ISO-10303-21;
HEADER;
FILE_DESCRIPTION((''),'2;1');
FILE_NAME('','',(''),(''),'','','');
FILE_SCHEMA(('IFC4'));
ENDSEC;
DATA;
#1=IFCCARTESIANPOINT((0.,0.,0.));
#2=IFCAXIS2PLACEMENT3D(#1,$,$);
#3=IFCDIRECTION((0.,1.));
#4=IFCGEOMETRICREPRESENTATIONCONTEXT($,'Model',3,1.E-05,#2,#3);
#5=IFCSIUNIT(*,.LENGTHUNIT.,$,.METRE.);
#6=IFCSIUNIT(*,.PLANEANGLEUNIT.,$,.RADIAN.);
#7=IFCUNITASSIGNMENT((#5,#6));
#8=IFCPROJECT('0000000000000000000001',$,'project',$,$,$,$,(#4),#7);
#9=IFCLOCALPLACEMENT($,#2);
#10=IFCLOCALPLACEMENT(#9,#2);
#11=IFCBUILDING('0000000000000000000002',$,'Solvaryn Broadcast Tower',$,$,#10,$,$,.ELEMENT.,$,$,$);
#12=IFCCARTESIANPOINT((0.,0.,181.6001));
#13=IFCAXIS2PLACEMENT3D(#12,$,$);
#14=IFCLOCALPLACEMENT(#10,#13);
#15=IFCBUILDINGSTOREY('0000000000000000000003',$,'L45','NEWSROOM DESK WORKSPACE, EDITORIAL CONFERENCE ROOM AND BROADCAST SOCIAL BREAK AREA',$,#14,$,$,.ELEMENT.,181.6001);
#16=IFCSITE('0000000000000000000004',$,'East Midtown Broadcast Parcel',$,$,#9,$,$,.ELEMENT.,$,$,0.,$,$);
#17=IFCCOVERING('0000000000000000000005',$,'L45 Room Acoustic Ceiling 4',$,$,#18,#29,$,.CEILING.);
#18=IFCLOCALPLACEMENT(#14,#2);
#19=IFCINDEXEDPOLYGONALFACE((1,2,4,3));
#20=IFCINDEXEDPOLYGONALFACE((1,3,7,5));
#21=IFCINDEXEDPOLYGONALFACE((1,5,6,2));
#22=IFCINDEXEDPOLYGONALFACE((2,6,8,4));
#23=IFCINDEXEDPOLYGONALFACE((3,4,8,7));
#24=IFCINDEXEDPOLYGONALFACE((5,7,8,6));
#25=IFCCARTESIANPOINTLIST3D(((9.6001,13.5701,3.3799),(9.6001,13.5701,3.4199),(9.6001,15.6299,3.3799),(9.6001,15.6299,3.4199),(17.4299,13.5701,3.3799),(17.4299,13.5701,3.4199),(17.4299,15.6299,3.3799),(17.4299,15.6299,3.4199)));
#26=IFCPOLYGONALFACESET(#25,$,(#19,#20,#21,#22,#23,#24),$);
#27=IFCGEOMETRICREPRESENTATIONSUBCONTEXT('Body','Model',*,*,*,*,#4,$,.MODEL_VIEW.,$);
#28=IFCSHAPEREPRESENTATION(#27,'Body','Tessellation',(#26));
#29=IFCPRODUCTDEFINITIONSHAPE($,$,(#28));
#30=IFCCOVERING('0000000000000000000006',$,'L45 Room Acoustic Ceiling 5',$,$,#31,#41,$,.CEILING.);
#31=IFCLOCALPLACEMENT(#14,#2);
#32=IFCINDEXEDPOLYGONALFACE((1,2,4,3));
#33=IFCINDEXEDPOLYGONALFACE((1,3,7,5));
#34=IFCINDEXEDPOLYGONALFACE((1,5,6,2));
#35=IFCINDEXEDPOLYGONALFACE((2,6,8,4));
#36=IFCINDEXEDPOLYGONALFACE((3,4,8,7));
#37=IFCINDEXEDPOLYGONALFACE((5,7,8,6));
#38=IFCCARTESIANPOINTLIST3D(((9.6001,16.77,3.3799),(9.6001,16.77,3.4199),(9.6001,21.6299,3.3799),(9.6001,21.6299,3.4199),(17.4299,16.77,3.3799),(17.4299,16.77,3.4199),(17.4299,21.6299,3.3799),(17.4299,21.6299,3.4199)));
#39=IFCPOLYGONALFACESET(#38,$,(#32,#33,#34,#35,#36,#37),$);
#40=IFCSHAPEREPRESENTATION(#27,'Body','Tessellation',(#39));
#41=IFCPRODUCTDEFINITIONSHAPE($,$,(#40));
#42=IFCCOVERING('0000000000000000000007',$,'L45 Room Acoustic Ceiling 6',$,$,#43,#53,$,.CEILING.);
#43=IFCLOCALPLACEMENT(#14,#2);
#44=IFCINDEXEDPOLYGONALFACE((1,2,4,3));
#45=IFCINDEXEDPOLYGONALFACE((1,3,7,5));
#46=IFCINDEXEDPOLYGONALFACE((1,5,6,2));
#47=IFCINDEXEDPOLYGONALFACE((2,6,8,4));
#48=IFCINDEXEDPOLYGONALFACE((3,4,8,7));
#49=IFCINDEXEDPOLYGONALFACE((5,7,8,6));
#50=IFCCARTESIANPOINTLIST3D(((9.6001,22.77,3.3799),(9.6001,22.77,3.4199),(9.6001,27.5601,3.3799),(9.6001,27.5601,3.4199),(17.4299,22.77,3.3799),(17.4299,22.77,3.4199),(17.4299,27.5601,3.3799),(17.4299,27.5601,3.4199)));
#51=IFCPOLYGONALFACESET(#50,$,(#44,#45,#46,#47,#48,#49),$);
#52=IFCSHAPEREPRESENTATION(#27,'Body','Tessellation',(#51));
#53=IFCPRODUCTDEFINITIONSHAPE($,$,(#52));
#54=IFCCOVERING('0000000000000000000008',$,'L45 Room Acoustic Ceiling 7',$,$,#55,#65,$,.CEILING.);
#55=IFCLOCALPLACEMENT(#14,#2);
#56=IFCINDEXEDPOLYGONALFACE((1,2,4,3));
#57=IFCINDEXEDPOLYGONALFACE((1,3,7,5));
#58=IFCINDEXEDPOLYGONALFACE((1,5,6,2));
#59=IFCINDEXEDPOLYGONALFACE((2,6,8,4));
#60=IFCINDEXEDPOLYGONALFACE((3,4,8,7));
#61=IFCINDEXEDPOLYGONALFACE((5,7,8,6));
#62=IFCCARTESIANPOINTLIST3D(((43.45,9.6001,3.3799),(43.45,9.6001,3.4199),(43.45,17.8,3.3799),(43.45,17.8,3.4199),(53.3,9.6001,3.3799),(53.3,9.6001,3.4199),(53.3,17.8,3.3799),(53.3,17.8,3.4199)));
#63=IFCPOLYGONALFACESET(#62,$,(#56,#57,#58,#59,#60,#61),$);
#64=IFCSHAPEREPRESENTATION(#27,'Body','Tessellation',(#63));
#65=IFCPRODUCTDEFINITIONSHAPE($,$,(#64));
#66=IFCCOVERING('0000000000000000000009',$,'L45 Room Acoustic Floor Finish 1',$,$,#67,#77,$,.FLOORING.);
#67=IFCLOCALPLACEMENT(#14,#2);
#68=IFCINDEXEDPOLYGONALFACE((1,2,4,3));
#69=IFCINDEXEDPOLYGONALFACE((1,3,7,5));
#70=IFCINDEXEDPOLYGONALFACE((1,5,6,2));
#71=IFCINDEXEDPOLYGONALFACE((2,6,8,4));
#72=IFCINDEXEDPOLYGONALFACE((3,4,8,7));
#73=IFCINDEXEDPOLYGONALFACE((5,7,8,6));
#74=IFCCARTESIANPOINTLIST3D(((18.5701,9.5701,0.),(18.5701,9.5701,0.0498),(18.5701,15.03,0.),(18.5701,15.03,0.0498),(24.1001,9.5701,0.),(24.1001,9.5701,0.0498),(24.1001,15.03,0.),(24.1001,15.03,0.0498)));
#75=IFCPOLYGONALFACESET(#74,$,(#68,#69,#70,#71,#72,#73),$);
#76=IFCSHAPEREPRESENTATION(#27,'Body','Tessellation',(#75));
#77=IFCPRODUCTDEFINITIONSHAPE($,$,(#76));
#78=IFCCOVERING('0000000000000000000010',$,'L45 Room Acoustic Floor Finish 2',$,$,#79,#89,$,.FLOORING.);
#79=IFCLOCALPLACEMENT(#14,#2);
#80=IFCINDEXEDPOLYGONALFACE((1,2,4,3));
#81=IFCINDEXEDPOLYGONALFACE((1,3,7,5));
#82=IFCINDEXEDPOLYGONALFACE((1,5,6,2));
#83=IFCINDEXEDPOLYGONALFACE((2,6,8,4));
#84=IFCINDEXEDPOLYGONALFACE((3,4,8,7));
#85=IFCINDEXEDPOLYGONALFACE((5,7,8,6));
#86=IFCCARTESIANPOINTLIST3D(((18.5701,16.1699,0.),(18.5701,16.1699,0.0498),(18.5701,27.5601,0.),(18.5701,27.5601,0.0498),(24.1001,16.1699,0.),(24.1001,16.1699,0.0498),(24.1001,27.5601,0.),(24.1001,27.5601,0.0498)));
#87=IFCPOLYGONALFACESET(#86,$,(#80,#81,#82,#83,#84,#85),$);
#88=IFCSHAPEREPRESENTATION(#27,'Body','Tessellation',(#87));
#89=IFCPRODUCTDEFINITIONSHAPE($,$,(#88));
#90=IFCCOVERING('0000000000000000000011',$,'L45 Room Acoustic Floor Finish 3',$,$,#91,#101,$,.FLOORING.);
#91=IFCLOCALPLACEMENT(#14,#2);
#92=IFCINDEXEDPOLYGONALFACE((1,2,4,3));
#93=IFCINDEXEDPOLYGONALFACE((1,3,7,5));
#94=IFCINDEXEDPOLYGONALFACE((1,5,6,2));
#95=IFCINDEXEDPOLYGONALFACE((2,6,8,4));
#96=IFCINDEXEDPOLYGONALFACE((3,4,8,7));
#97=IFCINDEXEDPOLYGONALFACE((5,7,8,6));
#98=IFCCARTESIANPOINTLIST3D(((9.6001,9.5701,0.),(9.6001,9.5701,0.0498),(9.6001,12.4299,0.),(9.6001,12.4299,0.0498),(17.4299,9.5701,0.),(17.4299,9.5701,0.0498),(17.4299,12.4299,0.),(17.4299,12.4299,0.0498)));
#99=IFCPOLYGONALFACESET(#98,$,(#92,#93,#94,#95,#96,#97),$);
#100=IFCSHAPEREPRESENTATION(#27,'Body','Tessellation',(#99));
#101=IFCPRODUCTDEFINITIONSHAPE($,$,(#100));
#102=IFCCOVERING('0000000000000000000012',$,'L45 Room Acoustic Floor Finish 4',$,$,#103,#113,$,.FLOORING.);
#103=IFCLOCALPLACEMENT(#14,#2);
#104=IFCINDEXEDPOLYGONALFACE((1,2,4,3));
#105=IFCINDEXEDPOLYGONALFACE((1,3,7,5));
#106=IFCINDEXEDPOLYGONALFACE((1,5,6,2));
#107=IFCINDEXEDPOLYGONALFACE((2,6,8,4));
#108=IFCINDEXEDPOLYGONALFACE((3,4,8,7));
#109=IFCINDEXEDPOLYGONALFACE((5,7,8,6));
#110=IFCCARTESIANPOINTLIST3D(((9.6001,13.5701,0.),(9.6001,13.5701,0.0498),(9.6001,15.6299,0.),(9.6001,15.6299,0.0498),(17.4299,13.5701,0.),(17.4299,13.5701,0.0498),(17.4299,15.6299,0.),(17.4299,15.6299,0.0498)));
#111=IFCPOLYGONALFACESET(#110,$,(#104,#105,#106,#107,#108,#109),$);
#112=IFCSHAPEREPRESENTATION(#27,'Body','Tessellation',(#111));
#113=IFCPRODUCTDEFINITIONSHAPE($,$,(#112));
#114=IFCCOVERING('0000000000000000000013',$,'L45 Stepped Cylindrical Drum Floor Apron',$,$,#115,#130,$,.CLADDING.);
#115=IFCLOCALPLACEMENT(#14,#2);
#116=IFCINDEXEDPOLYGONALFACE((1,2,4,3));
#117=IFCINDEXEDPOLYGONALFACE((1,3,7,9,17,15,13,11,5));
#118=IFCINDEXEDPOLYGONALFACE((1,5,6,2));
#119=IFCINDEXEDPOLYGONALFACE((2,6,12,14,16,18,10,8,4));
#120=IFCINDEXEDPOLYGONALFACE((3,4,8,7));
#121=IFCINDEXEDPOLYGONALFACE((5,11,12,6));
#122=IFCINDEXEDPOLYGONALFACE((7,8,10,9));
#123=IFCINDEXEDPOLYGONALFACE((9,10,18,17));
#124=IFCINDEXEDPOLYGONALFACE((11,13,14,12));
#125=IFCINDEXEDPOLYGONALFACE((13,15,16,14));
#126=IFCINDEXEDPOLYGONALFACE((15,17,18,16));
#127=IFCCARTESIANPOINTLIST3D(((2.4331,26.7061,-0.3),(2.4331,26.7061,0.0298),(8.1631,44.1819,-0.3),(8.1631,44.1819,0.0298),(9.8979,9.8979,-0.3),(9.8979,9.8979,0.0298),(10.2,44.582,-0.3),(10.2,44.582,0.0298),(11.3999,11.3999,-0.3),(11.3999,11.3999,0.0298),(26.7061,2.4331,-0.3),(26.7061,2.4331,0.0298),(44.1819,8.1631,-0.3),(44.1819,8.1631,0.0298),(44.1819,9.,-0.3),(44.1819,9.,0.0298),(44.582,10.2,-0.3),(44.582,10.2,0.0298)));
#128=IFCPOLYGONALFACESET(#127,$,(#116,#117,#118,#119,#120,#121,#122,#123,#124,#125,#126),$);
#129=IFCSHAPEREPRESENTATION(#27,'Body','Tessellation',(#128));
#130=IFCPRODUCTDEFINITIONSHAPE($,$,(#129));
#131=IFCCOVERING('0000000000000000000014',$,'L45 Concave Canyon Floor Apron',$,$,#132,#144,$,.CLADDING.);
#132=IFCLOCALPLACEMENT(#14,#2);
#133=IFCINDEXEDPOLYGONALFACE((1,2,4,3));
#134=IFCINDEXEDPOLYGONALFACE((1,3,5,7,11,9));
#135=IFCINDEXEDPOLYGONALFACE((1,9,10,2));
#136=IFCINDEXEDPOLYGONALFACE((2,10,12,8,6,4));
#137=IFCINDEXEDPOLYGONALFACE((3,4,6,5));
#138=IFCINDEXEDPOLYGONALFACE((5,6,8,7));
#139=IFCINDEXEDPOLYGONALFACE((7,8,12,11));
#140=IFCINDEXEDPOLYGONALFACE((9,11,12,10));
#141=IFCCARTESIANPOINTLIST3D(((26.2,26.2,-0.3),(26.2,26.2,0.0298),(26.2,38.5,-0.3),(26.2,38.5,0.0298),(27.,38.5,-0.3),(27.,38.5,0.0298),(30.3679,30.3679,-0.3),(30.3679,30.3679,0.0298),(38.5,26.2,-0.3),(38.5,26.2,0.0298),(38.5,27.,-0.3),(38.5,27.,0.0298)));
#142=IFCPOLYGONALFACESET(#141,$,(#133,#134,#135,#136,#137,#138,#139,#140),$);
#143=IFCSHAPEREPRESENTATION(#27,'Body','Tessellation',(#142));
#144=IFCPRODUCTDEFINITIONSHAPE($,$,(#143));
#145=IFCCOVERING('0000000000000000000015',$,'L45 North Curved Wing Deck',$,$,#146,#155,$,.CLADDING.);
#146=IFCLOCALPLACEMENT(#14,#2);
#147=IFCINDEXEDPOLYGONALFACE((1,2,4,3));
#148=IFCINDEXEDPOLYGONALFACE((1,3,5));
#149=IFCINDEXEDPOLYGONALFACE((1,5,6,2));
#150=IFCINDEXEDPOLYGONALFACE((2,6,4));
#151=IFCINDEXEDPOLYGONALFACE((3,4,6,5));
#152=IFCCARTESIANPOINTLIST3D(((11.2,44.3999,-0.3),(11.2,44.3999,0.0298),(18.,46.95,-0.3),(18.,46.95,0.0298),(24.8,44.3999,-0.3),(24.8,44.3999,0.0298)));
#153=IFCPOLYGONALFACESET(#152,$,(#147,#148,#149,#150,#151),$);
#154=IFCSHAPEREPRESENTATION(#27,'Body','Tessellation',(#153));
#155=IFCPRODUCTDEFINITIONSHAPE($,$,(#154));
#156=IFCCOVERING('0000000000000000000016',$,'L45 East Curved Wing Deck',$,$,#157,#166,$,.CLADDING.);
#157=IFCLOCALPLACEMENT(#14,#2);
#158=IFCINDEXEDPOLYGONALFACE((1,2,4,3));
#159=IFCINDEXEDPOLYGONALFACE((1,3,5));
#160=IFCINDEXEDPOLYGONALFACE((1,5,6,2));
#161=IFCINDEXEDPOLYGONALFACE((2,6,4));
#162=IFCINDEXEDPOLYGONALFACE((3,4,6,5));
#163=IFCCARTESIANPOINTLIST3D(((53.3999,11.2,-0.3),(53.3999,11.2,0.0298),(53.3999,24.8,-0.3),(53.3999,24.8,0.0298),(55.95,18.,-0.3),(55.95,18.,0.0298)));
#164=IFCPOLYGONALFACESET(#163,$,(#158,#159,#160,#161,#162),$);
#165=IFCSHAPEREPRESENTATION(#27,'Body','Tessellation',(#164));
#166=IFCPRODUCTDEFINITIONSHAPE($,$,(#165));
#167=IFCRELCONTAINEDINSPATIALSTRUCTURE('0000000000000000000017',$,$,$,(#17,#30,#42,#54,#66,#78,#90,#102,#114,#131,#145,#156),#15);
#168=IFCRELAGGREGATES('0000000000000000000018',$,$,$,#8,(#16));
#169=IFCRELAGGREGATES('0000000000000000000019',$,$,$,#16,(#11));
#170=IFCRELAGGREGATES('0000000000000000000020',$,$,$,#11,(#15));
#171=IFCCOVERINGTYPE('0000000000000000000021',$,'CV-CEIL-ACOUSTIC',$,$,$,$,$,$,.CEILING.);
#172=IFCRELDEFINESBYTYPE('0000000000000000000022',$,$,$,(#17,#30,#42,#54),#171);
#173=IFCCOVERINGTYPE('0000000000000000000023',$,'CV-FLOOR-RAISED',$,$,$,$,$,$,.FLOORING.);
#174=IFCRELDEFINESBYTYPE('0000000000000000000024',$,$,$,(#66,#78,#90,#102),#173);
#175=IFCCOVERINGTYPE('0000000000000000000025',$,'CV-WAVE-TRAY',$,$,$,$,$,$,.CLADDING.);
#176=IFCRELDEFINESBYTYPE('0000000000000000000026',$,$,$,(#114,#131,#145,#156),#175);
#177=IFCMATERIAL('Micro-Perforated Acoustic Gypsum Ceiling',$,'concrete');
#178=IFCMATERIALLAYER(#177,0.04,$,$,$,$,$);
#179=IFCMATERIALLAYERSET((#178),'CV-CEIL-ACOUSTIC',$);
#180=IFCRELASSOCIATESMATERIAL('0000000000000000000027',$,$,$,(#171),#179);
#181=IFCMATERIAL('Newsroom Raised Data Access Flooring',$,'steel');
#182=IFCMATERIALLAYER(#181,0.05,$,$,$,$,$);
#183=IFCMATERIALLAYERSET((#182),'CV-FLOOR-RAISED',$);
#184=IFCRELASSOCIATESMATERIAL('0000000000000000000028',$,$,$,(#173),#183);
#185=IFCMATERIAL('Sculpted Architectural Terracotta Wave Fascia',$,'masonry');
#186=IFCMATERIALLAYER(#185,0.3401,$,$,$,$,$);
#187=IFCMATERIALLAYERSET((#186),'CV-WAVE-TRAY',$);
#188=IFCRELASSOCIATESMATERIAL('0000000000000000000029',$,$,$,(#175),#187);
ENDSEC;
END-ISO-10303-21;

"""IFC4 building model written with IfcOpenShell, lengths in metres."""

from ifc_helpers import new_model, si_unit, direction, frame, origin, place, context, subcontext, project, spatial, polyline, outline, extrude, material, layer, layer_set, type_object, element, save


model = new_model("IFC4")

# Units and contexts
model_context = context("Model", 3, precision=1e-05, world=origin(), true_north=direction((0.0, 1.0)))
body_context = subcontext(model_context, "Body", "Model", "MODEL_VIEW")
ifc_project = project(units=[si_unit("LENGTHUNIT", "METRE"), si_unit("PLANEANGLEUNIT", "RADIAN")], contexts=[model_context])

# Site, building, storey
site_placement = place(None, origin())
site = spatial("IfcSite", under=ifc_project, at=site_placement, Name="East Midtown Broadcast Parcel", CompositionType="ELEMENT", RefElevation=0.0)
building_placement = place(site_placement, origin())
building = spatial("IfcBuilding", under=site, at=building_placement, Name="Solvaryn Broadcast Tower", CompositionType="ELEMENT")
storey_placement = place(building_placement, frame((0.0, 0.0, 181.6001)))
storey = spatial("IfcBuildingStorey", under=building, at=storey_placement, Name="L45", Description="NEWSROOM DESK WORKSPACE, EDITORIAL CONFERENCE ROOM AND BROADCAST SOCIAL BREAK AREA", CompositionType="ELEMENT", Elevation=181.6001)

# Coverings
ifc_material_1 = material(Name="Micro-Perforated Acoustic Gypsum Ceiling", Category="concrete")
ifc_layer_1 = layer(ifc_material_1, 0.04)
ifc_layer_set_1 = layer_set([ifc_layer_1], Name="CV-CEIL-ACOUSTIC")
covering_type_1 = type_object("IfcCoveringType", Name="CV-CEIL-ACOUSTIC", PredefinedType="CEILING", material=ifc_layer_set_1)
covering_1_placement = place(storey_placement, frame((0.0, 0.0, 3.3799)))
element("IfcCovering", 1, at=covering_1_placement, inside=storey, type_object=covering_type_1, Name="L45 Room Acoustic Ceiling 4", PredefinedType="CEILING", context=body_context, shape_type="SweptSolid", body=[
    extrude(outline(polyline([(9.6001, 13.5701), (17.4299, 13.5701), (17.4299, 15.6299), (9.6001, 15.6299), (9.6001, 13.5701)])), origin(), (0.0, 0.0, 1.0), 0.04),
])
covering_2_placement = place(storey_placement, frame((0.0, 0.0, 3.3799)))
element("IfcCovering", 2, at=covering_2_placement, inside=storey, type_object=covering_type_1, Name="L45 Room Acoustic Ceiling 5", PredefinedType="CEILING", context=body_context, shape_type="SweptSolid", body=[
    extrude(outline(polyline([(9.6001, 16.77), (17.4299, 16.77), (17.4299, 21.6299), (9.6001, 21.6299), (9.6001, 16.77)])), origin(), (0.0, 0.0, 1.0), 0.04),
])
covering_3_placement = place(storey_placement, frame((0.0, 0.0, 3.3799)))
element("IfcCovering", 3, at=covering_3_placement, inside=storey, type_object=covering_type_1, Name="L45 Room Acoustic Ceiling 6", PredefinedType="CEILING", context=body_context, shape_type="SweptSolid", body=[
    extrude(outline(polyline([(9.6001, 22.77), (17.4299, 22.77), (17.4299, 27.5601), (9.6001, 27.5601), (9.6001, 22.77)])), origin(), (0.0, 0.0, 1.0), 0.04),
])
covering_4_placement = place(storey_placement, frame((0.0, 0.0, 3.3799)))
element("IfcCovering", 4, at=covering_4_placement, inside=storey, type_object=covering_type_1, Name="L45 Room Acoustic Ceiling 7", PredefinedType="CEILING", context=body_context, shape_type="SweptSolid", body=[
    extrude(outline(polyline([(43.45, 9.6001), (53.3, 9.6001), (53.3, 17.8), (43.45, 17.8), (43.45, 9.6001)])), origin(), (0.0, 0.0, 1.0), 0.04),
])
ifc_material_2 = material(Name="Newsroom Raised Data Access Flooring", Category="steel")
ifc_layer_2 = layer(ifc_material_2, 0.05)
ifc_layer_set_2 = layer_set([ifc_layer_2], Name="CV-FLOOR-RAISED")
covering_type_2 = type_object("IfcCoveringType", Name="CV-FLOOR-RAISED", PredefinedType="FLOORING", material=ifc_layer_set_2)
covering_5_placement = place(storey_placement, origin())
element("IfcCovering", 5, at=covering_5_placement, inside=storey, type_object=covering_type_2, Name="L45 Room Acoustic Floor Finish 1", PredefinedType="FLOORING", context=body_context, shape_type="SweptSolid", body=[
    extrude(outline(polyline([(18.5701, 9.5701), (24.1001, 9.5701), (24.1001, 15.03), (18.5701, 15.03), (18.5701, 9.5701)])), origin(), (0.0, 0.0, 1.0), 0.0498),
])
covering_6_placement = place(storey_placement, origin())
element("IfcCovering", 6, at=covering_6_placement, inside=storey, type_object=covering_type_2, Name="L45 Room Acoustic Floor Finish 2", PredefinedType="FLOORING", context=body_context, shape_type="SweptSolid", body=[
    extrude(outline(polyline([(18.5701, 16.1699), (24.1001, 16.1699), (24.1001, 27.5601), (18.5701, 27.5601), (18.5701, 16.1699)])), origin(), (0.0, 0.0, 1.0), 0.0498),
])
covering_7_placement = place(storey_placement, origin())
element("IfcCovering", 7, at=covering_7_placement, inside=storey, type_object=covering_type_2, Name="L45 Room Acoustic Floor Finish 3", PredefinedType="FLOORING", context=body_context, shape_type="SweptSolid", body=[
    extrude(outline(polyline([(9.6001, 9.5701), (17.4299, 9.5701), (17.4299, 12.4299), (9.6001, 12.4299), (9.6001, 9.5701)])), origin(), (0.0, 0.0, 1.0), 0.0498),
])
covering_8_placement = place(storey_placement, origin())
element("IfcCovering", 8, at=covering_8_placement, inside=storey, type_object=covering_type_2, Name="L45 Room Acoustic Floor Finish 4", PredefinedType="FLOORING", context=body_context, shape_type="SweptSolid", body=[
    extrude(outline(polyline([(9.6001, 13.5701), (17.4299, 13.5701), (17.4299, 15.6299), (9.6001, 15.6299), (9.6001, 13.5701)])), origin(), (0.0, 0.0, 1.0), 0.0498),
])
ifc_material_3 = material(Name="Sculpted Architectural Terracotta Wave Fascia", Category="masonry")
ifc_layer_3 = layer(ifc_material_3, 0.3401)
ifc_layer_set_3 = layer_set([ifc_layer_3], Name="CV-WAVE-TRAY")
covering_type_3 = type_object("IfcCoveringType", Name="CV-WAVE-TRAY", PredefinedType="CLADDING", material=ifc_layer_set_3)
covering_9_placement = place(storey_placement, frame((0.0, 0.0, -0.3)))
element("IfcCovering", 9, at=covering_9_placement, inside=storey, type_object=covering_type_3, Name="L45 Stepped Cylindrical Drum Floor Apron", PredefinedType="CLADDING", context=body_context, shape_type="SweptSolid", body=[
    extrude(outline(polyline([(10.2, 44.582), (8.1631, 44.1819), (2.4331, 26.7061), (9.8979, 9.8979), (26.7061, 2.4331), (44.1819, 8.1631), (44.1819, 9.0), (44.582, 10.2), (11.3999, 11.3999), (10.2, 44.582)])), origin(), (0.0, 0.0, 1.0), 0.3298),
])
covering_10_placement = place(storey_placement, frame((0.0, 0.0, -0.3)))
element("IfcCovering", 10, at=covering_10_placement, inside=storey, type_object=covering_type_3, Name="L45 Concave Canyon Floor Apron", PredefinedType="CLADDING", context=body_context, shape_type="SweptSolid", body=[
    extrude(outline(polyline([(26.2, 26.2), (38.5, 26.2), (38.5, 27.0), (30.3679, 30.3679), (27.0, 38.5), (26.2, 38.5), (26.2, 26.2)])), origin(), (0.0, 0.0, 1.0), 0.3298),
])
covering_11_placement = place(storey_placement, frame((0.0, 0.0, -0.3)))
element("IfcCovering", 11, at=covering_11_placement, inside=storey, type_object=covering_type_3, Name="L45 North Curved Wing Deck", PredefinedType="CLADDING", context=body_context, shape_type="SweptSolid", body=[
    extrude(outline(polyline([(11.2, 44.3999), (24.8, 44.3999), (18.0, 46.95), (11.2, 44.3999)])), origin(), (0.0, 0.0, 1.0), 0.3298),
])
covering_12_placement = place(storey_placement, frame((0.0, 0.0, -0.3)))
element("IfcCovering", 12, at=covering_12_placement, inside=storey, type_object=covering_type_3, Name="L45 East Curved Wing Deck", PredefinedType="CLADDING", context=body_context, shape_type="SweptSolid", body=[
    extrude(outline(polyline([(53.3999, 11.2), (55.95, 18.0), (53.3999, 24.8), (53.3999, 11.2)])), origin(), (0.0, 0.0, 1.0), 0.3298),
])

save(model, "model.ifc")
